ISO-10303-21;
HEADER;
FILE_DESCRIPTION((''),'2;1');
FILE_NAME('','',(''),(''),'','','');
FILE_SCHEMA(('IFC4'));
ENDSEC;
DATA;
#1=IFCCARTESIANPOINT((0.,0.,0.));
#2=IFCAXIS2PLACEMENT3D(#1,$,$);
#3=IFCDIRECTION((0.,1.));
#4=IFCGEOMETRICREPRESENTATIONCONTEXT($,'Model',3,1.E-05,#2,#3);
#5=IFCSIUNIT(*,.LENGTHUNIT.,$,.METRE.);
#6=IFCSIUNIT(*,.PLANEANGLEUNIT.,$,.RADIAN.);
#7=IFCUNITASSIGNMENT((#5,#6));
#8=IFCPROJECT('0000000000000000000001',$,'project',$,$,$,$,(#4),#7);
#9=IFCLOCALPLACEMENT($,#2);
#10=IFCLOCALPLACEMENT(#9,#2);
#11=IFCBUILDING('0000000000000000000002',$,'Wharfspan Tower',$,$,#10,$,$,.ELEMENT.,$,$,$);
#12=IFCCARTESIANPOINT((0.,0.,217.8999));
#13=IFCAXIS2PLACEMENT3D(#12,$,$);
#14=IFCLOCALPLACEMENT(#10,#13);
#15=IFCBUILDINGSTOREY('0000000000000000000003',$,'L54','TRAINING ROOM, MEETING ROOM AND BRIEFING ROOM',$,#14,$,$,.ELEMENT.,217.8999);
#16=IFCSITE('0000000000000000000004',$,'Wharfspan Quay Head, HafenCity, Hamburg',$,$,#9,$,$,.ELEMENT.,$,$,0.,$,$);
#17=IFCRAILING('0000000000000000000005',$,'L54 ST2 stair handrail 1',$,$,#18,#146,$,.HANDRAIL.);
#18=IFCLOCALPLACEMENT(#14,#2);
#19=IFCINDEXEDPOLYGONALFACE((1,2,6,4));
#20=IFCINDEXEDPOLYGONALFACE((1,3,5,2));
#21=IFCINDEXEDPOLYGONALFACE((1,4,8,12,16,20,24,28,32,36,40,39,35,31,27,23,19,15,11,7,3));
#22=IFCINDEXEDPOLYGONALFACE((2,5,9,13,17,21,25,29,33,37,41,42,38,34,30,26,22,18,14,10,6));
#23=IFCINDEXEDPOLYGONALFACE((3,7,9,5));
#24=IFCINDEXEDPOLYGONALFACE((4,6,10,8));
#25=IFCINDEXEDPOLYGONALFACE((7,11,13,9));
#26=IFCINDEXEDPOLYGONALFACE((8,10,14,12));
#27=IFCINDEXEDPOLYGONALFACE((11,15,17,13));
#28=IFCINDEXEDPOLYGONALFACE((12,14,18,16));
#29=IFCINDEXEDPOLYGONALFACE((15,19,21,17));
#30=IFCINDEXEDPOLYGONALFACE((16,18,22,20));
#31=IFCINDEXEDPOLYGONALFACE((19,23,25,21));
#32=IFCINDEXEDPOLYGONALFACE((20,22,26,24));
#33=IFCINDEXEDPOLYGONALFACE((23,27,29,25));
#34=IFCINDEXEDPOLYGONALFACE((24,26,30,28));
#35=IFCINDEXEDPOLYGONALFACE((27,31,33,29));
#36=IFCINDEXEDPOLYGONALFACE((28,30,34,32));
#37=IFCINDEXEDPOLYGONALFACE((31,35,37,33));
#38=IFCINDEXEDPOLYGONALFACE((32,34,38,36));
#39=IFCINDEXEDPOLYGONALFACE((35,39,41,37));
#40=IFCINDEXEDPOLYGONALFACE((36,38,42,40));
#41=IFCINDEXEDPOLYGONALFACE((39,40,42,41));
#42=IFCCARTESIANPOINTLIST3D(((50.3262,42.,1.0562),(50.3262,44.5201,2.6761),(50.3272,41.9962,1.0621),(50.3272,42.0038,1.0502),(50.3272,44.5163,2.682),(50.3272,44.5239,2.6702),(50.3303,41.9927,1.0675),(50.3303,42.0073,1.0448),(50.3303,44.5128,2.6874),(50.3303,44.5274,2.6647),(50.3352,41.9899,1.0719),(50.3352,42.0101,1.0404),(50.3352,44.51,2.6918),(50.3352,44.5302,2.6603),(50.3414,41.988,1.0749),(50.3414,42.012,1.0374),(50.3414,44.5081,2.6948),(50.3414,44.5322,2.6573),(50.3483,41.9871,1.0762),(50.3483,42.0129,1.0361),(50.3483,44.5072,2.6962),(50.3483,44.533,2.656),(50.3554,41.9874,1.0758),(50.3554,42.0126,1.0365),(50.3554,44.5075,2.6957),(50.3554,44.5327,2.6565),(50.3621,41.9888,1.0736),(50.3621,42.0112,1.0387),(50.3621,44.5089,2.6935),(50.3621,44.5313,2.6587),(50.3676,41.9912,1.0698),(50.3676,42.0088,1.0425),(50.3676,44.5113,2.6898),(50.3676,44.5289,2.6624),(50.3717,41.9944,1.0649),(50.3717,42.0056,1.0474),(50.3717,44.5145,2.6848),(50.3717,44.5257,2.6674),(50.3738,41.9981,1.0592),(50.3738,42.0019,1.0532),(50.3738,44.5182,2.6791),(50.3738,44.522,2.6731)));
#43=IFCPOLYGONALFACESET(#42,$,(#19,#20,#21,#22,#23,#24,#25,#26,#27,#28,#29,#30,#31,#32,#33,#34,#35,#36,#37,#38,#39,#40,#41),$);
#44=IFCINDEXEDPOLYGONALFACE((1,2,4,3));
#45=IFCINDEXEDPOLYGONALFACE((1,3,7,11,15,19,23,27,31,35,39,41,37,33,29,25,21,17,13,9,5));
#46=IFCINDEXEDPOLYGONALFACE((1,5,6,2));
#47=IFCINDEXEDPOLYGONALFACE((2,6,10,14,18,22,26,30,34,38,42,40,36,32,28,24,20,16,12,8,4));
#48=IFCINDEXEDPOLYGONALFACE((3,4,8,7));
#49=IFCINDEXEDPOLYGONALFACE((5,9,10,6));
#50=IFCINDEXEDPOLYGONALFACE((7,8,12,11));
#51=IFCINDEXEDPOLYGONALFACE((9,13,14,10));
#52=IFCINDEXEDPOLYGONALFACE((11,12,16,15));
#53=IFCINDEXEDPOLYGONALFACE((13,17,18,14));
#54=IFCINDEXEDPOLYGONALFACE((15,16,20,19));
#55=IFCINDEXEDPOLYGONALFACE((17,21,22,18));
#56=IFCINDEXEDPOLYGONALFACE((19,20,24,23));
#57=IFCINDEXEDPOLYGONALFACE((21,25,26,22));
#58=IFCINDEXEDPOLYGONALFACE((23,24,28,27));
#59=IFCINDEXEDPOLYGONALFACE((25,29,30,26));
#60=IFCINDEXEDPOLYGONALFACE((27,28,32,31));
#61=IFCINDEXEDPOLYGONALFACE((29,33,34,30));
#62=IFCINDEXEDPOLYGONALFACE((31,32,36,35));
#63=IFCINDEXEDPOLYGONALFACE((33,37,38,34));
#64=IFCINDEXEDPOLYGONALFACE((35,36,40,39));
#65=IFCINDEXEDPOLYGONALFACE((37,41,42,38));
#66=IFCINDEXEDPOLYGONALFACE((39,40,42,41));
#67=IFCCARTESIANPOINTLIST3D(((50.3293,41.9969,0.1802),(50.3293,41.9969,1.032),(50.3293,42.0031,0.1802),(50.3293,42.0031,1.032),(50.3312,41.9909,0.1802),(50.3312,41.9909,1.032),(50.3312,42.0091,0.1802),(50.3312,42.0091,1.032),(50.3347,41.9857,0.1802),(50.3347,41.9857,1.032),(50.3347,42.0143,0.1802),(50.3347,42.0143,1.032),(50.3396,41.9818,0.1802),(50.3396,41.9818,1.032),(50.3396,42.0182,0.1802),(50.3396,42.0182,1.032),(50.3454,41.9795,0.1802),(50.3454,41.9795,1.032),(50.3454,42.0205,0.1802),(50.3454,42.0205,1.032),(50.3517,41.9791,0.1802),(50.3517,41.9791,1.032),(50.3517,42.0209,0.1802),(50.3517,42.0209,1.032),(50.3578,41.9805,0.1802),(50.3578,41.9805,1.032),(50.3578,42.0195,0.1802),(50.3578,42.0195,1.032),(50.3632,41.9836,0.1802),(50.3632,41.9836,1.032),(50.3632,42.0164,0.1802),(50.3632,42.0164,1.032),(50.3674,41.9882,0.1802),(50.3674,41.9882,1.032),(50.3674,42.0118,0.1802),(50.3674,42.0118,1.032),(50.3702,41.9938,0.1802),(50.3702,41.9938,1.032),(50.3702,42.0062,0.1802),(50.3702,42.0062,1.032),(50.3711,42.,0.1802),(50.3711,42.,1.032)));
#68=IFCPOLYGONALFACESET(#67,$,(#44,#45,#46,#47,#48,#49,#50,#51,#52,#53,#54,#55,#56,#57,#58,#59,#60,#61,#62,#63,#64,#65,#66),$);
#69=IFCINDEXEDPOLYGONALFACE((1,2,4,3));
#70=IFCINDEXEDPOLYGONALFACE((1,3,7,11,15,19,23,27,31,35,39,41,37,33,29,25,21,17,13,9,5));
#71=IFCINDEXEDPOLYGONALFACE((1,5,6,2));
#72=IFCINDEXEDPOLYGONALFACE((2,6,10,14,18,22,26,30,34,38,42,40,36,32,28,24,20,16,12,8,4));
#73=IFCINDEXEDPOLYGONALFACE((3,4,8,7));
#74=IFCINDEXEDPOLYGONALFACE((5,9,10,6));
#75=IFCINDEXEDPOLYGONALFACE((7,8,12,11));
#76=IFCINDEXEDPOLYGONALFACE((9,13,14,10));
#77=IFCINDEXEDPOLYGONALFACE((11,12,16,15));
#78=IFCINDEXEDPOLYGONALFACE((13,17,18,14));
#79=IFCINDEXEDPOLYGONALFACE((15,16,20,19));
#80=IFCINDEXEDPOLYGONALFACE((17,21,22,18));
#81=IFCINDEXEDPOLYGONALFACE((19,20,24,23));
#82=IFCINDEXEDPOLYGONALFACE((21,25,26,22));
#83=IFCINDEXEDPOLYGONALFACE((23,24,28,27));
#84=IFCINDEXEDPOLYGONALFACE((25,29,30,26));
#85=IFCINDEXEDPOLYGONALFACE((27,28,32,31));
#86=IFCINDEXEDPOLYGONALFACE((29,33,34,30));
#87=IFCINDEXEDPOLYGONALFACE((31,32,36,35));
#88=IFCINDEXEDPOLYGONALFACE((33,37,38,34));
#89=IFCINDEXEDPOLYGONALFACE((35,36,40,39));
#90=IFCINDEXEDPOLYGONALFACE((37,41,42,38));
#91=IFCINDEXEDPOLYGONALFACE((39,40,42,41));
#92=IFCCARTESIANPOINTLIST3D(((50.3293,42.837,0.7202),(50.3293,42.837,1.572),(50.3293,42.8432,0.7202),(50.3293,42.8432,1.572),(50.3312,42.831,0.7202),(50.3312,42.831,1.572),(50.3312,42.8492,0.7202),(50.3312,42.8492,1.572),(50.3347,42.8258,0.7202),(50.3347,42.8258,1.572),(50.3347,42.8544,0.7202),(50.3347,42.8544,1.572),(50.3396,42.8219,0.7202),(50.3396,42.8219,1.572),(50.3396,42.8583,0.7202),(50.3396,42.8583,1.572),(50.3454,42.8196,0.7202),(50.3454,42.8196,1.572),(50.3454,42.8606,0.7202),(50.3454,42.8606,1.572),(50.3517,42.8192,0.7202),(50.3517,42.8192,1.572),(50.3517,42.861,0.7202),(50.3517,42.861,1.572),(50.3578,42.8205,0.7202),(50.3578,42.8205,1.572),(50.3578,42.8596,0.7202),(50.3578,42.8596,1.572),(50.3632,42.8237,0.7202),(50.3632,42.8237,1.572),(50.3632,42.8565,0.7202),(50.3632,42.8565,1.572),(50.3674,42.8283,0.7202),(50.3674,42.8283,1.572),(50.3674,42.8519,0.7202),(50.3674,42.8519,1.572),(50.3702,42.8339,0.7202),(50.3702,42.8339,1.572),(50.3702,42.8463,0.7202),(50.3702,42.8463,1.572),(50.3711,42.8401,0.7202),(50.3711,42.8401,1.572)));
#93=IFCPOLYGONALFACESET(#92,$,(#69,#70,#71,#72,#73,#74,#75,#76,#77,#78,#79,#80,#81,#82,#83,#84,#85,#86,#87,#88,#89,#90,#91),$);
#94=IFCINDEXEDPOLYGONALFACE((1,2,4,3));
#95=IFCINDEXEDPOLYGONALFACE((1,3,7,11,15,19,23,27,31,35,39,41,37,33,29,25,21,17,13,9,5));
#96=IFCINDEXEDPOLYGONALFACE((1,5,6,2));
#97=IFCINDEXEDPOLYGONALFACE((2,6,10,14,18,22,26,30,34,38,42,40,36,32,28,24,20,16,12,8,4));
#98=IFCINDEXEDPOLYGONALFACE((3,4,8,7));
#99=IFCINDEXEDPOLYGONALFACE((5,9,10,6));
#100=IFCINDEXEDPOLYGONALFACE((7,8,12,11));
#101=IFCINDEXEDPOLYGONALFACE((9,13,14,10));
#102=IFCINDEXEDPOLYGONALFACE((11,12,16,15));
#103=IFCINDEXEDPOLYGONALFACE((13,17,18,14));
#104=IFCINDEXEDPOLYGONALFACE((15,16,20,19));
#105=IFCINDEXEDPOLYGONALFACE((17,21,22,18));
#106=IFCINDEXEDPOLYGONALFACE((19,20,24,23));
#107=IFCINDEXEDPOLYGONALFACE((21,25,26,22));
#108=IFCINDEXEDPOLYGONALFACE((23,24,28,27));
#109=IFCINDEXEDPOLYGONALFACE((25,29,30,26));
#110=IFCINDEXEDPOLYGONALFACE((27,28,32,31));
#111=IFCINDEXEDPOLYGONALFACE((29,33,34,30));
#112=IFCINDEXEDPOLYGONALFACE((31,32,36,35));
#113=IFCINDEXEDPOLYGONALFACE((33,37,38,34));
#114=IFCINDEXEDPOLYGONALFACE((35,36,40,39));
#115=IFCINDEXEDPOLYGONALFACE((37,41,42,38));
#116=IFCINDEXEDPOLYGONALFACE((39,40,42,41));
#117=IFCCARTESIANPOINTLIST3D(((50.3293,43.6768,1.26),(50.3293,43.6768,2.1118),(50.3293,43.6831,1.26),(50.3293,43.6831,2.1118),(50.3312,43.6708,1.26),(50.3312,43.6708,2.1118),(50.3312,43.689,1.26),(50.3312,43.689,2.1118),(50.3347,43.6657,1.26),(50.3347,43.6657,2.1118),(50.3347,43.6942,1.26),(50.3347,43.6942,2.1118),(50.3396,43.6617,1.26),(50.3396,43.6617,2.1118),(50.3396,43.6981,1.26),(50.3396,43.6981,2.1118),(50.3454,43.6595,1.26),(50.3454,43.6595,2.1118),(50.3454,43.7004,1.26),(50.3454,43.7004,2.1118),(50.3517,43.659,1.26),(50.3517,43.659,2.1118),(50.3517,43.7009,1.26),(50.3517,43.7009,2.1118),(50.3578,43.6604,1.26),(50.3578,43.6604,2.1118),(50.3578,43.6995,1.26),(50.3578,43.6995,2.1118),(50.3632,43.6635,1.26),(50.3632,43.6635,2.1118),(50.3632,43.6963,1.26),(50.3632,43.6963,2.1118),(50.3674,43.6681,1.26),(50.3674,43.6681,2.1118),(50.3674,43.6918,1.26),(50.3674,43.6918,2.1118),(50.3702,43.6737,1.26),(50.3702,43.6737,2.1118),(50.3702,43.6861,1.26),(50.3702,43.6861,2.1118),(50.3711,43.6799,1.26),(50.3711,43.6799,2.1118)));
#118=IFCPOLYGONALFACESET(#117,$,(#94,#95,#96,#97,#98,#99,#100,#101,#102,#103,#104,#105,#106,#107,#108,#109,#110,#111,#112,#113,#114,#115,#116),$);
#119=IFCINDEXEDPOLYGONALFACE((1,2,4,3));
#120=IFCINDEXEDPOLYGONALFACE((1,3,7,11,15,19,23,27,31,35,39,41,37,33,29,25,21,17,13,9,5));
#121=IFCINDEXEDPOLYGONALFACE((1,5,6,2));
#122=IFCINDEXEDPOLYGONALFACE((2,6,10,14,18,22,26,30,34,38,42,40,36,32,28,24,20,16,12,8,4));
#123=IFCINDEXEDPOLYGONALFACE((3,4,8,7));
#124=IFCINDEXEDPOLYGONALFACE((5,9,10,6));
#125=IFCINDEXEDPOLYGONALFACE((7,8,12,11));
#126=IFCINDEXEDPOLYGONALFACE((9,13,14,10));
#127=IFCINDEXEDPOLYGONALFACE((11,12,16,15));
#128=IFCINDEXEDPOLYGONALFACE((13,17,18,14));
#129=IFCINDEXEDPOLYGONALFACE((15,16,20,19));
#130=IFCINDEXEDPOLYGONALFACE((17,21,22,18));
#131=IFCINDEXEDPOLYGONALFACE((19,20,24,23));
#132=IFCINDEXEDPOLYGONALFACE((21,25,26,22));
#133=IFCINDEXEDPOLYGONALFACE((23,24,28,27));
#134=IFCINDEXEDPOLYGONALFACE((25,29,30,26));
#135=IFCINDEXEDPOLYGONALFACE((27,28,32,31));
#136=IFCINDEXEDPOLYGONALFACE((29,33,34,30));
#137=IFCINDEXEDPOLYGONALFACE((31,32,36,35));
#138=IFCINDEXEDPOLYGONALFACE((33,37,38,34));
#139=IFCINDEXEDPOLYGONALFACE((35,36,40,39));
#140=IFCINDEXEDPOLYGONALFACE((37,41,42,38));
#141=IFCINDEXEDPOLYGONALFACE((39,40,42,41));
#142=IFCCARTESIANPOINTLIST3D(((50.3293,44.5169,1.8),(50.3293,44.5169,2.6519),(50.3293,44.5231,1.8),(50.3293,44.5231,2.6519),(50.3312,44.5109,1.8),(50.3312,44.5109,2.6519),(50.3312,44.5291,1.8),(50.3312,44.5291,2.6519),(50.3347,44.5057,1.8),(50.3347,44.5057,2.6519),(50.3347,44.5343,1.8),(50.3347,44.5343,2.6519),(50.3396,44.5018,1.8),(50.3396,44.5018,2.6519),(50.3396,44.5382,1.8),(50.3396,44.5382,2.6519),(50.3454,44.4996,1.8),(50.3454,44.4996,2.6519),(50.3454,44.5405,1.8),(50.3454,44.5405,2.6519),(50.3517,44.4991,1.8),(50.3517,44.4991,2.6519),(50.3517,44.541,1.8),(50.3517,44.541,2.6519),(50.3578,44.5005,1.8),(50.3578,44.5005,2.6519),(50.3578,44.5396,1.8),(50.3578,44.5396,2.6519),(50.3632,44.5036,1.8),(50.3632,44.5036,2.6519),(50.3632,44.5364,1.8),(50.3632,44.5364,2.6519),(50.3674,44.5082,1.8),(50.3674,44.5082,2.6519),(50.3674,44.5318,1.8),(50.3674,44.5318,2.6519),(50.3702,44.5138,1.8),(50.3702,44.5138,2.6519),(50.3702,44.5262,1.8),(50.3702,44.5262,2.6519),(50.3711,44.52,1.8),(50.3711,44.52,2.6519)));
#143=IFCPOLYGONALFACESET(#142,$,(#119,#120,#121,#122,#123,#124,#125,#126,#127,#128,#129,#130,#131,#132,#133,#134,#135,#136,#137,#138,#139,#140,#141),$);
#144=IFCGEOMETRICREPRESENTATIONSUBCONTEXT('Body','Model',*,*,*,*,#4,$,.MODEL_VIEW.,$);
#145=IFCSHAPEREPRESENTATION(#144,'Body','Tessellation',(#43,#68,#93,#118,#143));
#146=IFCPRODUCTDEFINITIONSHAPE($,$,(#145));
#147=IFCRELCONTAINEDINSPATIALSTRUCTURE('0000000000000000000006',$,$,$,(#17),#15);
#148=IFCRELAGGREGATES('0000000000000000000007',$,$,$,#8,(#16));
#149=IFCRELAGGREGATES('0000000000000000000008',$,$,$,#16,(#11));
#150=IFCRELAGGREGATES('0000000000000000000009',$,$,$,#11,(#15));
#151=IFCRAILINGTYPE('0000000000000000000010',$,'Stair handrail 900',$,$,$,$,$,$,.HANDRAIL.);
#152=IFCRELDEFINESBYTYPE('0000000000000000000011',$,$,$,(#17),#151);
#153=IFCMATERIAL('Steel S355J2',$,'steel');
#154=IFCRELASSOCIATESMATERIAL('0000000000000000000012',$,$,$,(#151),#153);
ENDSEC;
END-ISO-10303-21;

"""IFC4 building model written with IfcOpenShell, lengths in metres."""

from ifc_helpers import new_model, si_unit, direction, frame, origin, origin_2d, place, context, subcontext, project, spatial, circle, extrude, material, type_object, element, save


model = new_model("IFC4")

# Units and contexts
model_context = context("Model", 3, precision=1e-05, world=origin(), true_north=direction((0.0, 1.0)))
body_context = subcontext(model_context, "Body", "Model", "MODEL_VIEW")
ifc_project = project(units=[si_unit("LENGTHUNIT", "METRE"), si_unit("PLANEANGLEUNIT", "RADIAN")], contexts=[model_context])

# Site, building, storey
site_placement = place(None, origin())
site = spatial("IfcSite", under=ifc_project, at=site_placement, Name="Wharfspan Quay Head, HafenCity, Hamburg", CompositionType="ELEMENT", RefElevation=0.0)
building_placement = place(site_placement, origin())
building = spatial("IfcBuilding", under=site, at=building_placement, Name="Wharfspan Tower", CompositionType="ELEMENT")
storey_placement = place(building_placement, frame((0.0, 0.0, 217.8999)))
storey = spatial("IfcBuildingStorey", under=building, at=storey_placement, Name="L54", Description="TRAINING ROOM, MEETING ROOM AND BRIEFING ROOM", CompositionType="ELEMENT", Elevation=217.8999)

# Shared definitions
ifc_material_1 = material(Name="Steel S355J2", Category="steel")

# Railing
railing_type_1 = type_object("IfcRailingType", Name="Stair handrail 900", PredefinedType="HANDRAIL", material=ifc_material_1)
railing_1_placement = place(storey_placement, frame((50.3501, 42.0, 0.1802)))
element("IfcRailing", 1, at=railing_1_placement, inside=storey, type_object=railing_type_1, Name="L54 ST2 stair handrail 1", PredefinedType="HANDRAIL", context=body_context, shape_type="SweptSolid", body=[
    extrude(circle(Radius=0.0239, at=origin_2d()), frame((0.0, 0.0, 0.876), z_axis=(0.0, 0.8412, 0.540725), x_axis=(-1.0, 0.0, 0.0)), (0.0, 0.0, 1.0), 2.9958),
    extrude(circle(Radius=0.021, at=origin_2d()), origin(), (0.0, 0.0, 1.0), 0.8518),
    extrude(circle(Radius=0.021, at=origin_2d()), frame((0.0, 0.8401, 0.54)), (0.0, 0.0, 1.0), 0.8518),
    extrude(circle(Radius=0.021, at=origin_2d()), frame((0.0, 1.6799, 1.0798)), (0.0, 0.0, 1.0), 0.8518),
    extrude(circle(Radius=0.021, at=origin_2d()), frame((0.0, 2.52, 1.6199)), (0.0, 0.0, 1.0), 0.8518),
])

save(model, "model.ifc")
